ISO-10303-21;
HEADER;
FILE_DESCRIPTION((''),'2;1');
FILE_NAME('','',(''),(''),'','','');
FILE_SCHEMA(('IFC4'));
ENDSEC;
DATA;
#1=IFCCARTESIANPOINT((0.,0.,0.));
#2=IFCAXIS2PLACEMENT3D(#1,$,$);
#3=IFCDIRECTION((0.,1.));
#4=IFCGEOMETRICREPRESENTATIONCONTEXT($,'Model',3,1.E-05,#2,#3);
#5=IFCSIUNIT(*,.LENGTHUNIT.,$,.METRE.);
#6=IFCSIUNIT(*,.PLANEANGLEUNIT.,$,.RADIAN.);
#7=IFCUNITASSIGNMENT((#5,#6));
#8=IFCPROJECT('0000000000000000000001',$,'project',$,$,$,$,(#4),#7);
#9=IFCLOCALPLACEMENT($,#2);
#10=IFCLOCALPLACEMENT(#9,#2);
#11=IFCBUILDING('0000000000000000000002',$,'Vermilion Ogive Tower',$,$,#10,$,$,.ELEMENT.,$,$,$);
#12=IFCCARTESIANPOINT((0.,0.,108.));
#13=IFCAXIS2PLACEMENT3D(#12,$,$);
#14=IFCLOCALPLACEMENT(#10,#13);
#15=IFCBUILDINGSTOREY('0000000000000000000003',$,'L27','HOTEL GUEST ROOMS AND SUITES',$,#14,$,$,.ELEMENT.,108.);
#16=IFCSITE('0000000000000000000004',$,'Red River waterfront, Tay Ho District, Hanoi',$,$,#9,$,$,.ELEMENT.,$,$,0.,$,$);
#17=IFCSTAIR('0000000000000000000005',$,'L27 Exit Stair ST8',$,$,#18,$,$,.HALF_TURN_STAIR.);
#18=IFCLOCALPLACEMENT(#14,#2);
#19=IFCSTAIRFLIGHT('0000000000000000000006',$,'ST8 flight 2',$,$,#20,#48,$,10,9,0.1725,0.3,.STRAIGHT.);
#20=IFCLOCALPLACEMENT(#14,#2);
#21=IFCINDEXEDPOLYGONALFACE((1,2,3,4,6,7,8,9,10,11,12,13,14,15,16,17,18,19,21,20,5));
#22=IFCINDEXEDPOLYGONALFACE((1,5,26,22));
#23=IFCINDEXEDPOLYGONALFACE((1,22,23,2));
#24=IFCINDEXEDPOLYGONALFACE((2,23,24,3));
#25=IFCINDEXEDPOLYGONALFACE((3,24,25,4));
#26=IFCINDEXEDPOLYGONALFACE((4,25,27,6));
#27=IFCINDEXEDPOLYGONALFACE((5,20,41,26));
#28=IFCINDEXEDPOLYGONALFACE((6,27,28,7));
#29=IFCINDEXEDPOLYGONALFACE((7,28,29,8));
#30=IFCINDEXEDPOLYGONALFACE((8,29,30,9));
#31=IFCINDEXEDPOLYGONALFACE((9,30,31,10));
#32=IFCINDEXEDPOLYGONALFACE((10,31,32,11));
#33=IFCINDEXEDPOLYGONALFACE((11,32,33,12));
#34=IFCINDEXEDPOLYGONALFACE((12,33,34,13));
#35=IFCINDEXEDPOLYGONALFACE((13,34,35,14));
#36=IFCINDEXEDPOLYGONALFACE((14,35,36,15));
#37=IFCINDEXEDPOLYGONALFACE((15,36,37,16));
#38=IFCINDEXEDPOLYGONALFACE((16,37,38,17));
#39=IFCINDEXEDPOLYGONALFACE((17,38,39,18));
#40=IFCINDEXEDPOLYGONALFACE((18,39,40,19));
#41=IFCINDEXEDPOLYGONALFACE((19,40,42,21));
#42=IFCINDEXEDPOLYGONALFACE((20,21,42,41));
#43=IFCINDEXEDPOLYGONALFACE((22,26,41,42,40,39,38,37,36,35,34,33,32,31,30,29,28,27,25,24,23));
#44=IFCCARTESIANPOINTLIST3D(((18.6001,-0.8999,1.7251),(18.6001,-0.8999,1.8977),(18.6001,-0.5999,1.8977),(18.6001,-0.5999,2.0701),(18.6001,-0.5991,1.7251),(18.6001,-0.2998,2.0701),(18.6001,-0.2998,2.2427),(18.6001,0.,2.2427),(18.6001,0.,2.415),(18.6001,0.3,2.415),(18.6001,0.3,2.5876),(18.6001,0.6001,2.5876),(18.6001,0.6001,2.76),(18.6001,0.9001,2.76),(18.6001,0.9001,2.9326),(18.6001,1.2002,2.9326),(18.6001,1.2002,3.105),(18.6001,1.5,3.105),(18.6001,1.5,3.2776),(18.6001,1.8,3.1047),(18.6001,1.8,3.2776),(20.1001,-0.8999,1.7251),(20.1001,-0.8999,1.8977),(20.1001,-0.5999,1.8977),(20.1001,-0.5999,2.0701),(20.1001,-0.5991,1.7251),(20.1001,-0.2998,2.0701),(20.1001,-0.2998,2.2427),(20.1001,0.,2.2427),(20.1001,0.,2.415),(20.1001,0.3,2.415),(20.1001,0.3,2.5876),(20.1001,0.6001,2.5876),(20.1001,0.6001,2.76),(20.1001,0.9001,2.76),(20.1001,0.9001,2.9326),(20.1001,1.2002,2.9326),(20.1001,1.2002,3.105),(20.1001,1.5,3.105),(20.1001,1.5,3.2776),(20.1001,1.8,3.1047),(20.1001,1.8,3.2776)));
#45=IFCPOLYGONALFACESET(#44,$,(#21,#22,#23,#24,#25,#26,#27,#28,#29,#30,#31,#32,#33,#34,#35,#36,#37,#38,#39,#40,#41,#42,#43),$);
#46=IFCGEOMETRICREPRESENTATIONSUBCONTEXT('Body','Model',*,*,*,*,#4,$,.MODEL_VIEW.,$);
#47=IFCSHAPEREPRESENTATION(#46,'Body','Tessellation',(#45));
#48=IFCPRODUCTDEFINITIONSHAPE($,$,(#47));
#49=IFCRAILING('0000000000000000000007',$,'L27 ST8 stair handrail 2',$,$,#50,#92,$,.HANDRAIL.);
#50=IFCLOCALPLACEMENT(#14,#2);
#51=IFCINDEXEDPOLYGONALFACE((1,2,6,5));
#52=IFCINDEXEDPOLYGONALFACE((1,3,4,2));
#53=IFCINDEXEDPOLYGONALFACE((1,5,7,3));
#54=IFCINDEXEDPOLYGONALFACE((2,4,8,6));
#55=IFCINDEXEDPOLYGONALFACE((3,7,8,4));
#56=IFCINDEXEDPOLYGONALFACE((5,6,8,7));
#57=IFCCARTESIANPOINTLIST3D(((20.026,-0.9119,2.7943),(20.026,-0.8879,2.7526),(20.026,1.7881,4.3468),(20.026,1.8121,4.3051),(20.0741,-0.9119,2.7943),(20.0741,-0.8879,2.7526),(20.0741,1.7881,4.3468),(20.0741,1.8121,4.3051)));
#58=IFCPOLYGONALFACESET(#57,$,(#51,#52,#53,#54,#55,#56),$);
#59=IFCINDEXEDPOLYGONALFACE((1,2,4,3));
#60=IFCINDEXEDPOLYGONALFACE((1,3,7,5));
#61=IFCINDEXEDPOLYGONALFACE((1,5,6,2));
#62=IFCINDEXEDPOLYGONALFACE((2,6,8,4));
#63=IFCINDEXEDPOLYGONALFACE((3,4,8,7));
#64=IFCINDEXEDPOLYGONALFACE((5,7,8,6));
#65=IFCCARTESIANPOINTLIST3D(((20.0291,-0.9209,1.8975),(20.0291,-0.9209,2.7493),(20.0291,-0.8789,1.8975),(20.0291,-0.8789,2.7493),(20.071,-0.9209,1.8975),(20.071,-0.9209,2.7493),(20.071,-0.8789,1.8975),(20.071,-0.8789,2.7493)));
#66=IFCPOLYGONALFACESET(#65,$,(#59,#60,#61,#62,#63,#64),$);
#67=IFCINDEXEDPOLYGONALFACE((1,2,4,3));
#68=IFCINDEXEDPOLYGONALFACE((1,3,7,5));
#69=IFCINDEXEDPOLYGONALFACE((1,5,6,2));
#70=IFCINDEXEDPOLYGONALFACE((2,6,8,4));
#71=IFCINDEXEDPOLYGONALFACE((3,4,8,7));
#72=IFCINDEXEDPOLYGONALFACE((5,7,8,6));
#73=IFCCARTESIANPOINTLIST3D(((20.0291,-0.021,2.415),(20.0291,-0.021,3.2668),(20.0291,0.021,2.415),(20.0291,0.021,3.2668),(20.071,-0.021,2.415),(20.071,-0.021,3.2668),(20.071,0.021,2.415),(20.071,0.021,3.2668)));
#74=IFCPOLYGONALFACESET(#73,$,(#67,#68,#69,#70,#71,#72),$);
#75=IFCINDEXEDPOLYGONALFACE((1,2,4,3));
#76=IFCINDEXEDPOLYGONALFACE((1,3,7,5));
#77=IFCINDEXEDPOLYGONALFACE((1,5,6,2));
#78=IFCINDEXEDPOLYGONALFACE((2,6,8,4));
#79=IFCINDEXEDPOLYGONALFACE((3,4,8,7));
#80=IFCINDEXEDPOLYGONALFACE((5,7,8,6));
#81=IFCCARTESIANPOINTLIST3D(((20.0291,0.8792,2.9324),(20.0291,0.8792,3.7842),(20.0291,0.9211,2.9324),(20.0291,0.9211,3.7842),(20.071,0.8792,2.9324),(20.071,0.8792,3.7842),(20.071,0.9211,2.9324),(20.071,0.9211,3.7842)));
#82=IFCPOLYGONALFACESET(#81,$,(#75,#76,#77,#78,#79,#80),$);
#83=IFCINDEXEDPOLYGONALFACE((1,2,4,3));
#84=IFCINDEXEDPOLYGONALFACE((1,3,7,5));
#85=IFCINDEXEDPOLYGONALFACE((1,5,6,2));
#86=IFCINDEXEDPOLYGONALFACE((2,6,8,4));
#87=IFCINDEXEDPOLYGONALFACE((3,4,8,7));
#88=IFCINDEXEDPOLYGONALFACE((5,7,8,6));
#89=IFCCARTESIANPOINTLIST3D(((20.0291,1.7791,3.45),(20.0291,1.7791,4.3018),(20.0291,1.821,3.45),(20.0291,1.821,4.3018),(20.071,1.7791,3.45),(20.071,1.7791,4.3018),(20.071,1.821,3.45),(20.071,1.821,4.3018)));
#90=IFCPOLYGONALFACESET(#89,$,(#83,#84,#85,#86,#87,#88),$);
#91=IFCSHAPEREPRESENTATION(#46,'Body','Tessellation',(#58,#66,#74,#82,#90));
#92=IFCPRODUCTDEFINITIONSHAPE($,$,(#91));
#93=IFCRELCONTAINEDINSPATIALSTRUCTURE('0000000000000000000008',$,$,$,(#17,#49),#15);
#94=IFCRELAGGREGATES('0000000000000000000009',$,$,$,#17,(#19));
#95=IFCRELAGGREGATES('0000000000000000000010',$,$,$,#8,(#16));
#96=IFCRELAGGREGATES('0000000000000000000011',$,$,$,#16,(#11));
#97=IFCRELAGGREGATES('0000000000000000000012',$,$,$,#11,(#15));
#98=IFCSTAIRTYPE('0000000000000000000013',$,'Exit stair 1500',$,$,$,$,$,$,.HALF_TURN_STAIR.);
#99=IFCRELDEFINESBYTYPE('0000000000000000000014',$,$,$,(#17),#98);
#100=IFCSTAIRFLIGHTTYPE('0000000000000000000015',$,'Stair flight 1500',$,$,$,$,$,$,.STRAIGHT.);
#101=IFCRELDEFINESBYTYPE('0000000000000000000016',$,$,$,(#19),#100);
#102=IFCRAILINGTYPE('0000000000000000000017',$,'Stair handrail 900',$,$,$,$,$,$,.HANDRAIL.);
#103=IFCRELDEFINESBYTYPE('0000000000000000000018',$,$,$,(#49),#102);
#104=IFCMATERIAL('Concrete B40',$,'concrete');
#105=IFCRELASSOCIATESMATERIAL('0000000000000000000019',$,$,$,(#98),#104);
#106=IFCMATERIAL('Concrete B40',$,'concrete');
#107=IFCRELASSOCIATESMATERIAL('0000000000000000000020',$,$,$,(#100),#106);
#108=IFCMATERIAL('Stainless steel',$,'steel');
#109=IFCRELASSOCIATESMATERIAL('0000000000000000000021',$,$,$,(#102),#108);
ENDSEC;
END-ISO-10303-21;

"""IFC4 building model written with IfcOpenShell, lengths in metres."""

from ifc_helpers import new_model, si_unit, direction, frame, origin, origin_2d, place, context, subcontext, project, spatial, polyline, rectangle, outline, extrude, material, type_object, element, aggregate, save


model = new_model("IFC4")

# Units and contexts
model_context = context("Model", 3, precision=1e-05, world=origin(), true_north=direction((0.0, 1.0)))
body_context = subcontext(model_context, "Body", "Model", "MODEL_VIEW")
ifc_project = project(units=[si_unit("LENGTHUNIT", "METRE"), si_unit("PLANEANGLEUNIT", "RADIAN")], contexts=[model_context])

# Site, building, storey
site_placement = place(None, origin())
site = spatial("IfcSite", under=ifc_project, at=site_placement, Name="Red River waterfront, Tay Ho District, Hanoi", CompositionType="ELEMENT", RefElevation=0.0)
building_placement = place(site_placement, origin())
building = spatial("IfcBuilding", under=site, at=building_placement, Name="Vermilion Ogive Tower", CompositionType="ELEMENT")
storey_placement = place(building_placement, frame((0.0, 0.0, 108.0)))
storey = spatial("IfcBuildingStorey", under=building, at=storey_placement, Name="L27", Description="HOTEL GUEST ROOMS AND SUITES", CompositionType="ELEMENT", Elevation=108.0)

# Stair, stair flight
ifc_material_1 = material(Name="Concrete B40", Category="concrete")
stair_type = type_object("IfcStairType", Name="Exit stair 1500", PredefinedType="HALF_TURN_STAIR", material=ifc_material_1)
stair_placement = place(storey_placement, origin())
stair = element("IfcStair", 1, at=stair_placement, inside=storey, type_object=stair_type, Name="L27 Exit Stair ST8", PredefinedType="HALF_TURN_STAIR")
ifc_material_2 = material(Name="Concrete B40", Category="concrete")
stair_flight_type = type_object("IfcStairFlightType", Name="Stair flight 1500", PredefinedType="STRAIGHT", material=ifc_material_2)
stair_flight_placement = place(storey_placement, frame((19.3501, -0.8999, 1.7251), z_axis=(0.0, 0.0, 1.0), x_axis=(0.0, 1.0, 0.0)))
stair_flight = element("IfcStairFlight", 2, at=stair_flight_placement, type_object=stair_flight_type, Name="ST8 flight 2", NumberOfRisers=10, NumberOfTreads=9, PredefinedType="STRAIGHT", RiserHeight=0.1725, TreadLength=0.3, context=body_context, shape_type="SweptSolid", body=[
    extrude(outline(polyline([(0.0, 0.0), (0.0, 0.1726), (0.3, 0.1726), (0.3, 0.345), (0.6001, 0.345), (0.6001, 0.5176), (0.8999, 0.5176), (0.8999, 0.6899), (1.2, 0.6899), (1.2, 0.8625), (1.5, 0.8625), (1.5, 1.0349), (1.8, 1.0349), (1.8, 1.2075), (2.1001, 1.2075), (2.1001, 1.3799), (2.3999, 1.3799), (2.3999, 1.5525), (2.7, 1.5525), (2.7, 1.7251), (2.7, 1.3796), (0.3008, 0.0), (0.0, 0.0)])), frame((0.0, 0.75, 0.0), z_axis=(0.0, -1.0, 0.0), x_axis=(1.0, 0.0, 0.0)), (0.0, 0.0, 1.0), 1.5),
])
aggregate(stair, [stair_flight])

# Railing
ifc_material_3 = material(Name="Stainless steel", Category="steel")
railing_type = type_object("IfcRailingType", Name="Stair handrail 900", PredefinedType="HANDRAIL", material=ifc_material_3)
railing_placement = place(storey_placement, frame((20.05, -0.8999, 1.8975)))
element("IfcRailing", 3, at=railing_placement, inside=storey, type_object=railing_type, Name="L27 ST8 stair handrail 2", PredefinedType="HANDRAIL", context=body_context, shape_type="SweptSolid", body=[
    extrude(rectangle(XDim=0.0481, YDim=0.0481, at=origin_2d()), frame((0.0, 0.0, 0.876), z_axis=(0.0, 0.866904, 0.498476), x_axis=(-1.0, 0.0, 0.0)), (0.0, 0.0, 1.0), 3.1145),
    extrude(rectangle(XDim=0.042, YDim=0.042, at=origin_2d()), origin(), (0.0, 0.0, 1.0), 0.8518),
    extrude(rectangle(XDim=0.042, YDim=0.042, at=origin_2d()), frame((0.0, 0.8999, 0.5176)), (0.0, 0.0, 1.0), 0.8518),
    extrude(rectangle(XDim=0.042, YDim=0.042, at=origin_2d()), frame((0.0, 1.8, 1.0349)), (0.0, 0.0, 1.0), 0.8518),
    extrude(rectangle(XDim=0.042, YDim=0.042, at=origin_2d()), frame((0.0, 2.7, 1.5525)), (0.0, 0.0, 1.0), 0.8518),
])

save(model, "model.ifc")
